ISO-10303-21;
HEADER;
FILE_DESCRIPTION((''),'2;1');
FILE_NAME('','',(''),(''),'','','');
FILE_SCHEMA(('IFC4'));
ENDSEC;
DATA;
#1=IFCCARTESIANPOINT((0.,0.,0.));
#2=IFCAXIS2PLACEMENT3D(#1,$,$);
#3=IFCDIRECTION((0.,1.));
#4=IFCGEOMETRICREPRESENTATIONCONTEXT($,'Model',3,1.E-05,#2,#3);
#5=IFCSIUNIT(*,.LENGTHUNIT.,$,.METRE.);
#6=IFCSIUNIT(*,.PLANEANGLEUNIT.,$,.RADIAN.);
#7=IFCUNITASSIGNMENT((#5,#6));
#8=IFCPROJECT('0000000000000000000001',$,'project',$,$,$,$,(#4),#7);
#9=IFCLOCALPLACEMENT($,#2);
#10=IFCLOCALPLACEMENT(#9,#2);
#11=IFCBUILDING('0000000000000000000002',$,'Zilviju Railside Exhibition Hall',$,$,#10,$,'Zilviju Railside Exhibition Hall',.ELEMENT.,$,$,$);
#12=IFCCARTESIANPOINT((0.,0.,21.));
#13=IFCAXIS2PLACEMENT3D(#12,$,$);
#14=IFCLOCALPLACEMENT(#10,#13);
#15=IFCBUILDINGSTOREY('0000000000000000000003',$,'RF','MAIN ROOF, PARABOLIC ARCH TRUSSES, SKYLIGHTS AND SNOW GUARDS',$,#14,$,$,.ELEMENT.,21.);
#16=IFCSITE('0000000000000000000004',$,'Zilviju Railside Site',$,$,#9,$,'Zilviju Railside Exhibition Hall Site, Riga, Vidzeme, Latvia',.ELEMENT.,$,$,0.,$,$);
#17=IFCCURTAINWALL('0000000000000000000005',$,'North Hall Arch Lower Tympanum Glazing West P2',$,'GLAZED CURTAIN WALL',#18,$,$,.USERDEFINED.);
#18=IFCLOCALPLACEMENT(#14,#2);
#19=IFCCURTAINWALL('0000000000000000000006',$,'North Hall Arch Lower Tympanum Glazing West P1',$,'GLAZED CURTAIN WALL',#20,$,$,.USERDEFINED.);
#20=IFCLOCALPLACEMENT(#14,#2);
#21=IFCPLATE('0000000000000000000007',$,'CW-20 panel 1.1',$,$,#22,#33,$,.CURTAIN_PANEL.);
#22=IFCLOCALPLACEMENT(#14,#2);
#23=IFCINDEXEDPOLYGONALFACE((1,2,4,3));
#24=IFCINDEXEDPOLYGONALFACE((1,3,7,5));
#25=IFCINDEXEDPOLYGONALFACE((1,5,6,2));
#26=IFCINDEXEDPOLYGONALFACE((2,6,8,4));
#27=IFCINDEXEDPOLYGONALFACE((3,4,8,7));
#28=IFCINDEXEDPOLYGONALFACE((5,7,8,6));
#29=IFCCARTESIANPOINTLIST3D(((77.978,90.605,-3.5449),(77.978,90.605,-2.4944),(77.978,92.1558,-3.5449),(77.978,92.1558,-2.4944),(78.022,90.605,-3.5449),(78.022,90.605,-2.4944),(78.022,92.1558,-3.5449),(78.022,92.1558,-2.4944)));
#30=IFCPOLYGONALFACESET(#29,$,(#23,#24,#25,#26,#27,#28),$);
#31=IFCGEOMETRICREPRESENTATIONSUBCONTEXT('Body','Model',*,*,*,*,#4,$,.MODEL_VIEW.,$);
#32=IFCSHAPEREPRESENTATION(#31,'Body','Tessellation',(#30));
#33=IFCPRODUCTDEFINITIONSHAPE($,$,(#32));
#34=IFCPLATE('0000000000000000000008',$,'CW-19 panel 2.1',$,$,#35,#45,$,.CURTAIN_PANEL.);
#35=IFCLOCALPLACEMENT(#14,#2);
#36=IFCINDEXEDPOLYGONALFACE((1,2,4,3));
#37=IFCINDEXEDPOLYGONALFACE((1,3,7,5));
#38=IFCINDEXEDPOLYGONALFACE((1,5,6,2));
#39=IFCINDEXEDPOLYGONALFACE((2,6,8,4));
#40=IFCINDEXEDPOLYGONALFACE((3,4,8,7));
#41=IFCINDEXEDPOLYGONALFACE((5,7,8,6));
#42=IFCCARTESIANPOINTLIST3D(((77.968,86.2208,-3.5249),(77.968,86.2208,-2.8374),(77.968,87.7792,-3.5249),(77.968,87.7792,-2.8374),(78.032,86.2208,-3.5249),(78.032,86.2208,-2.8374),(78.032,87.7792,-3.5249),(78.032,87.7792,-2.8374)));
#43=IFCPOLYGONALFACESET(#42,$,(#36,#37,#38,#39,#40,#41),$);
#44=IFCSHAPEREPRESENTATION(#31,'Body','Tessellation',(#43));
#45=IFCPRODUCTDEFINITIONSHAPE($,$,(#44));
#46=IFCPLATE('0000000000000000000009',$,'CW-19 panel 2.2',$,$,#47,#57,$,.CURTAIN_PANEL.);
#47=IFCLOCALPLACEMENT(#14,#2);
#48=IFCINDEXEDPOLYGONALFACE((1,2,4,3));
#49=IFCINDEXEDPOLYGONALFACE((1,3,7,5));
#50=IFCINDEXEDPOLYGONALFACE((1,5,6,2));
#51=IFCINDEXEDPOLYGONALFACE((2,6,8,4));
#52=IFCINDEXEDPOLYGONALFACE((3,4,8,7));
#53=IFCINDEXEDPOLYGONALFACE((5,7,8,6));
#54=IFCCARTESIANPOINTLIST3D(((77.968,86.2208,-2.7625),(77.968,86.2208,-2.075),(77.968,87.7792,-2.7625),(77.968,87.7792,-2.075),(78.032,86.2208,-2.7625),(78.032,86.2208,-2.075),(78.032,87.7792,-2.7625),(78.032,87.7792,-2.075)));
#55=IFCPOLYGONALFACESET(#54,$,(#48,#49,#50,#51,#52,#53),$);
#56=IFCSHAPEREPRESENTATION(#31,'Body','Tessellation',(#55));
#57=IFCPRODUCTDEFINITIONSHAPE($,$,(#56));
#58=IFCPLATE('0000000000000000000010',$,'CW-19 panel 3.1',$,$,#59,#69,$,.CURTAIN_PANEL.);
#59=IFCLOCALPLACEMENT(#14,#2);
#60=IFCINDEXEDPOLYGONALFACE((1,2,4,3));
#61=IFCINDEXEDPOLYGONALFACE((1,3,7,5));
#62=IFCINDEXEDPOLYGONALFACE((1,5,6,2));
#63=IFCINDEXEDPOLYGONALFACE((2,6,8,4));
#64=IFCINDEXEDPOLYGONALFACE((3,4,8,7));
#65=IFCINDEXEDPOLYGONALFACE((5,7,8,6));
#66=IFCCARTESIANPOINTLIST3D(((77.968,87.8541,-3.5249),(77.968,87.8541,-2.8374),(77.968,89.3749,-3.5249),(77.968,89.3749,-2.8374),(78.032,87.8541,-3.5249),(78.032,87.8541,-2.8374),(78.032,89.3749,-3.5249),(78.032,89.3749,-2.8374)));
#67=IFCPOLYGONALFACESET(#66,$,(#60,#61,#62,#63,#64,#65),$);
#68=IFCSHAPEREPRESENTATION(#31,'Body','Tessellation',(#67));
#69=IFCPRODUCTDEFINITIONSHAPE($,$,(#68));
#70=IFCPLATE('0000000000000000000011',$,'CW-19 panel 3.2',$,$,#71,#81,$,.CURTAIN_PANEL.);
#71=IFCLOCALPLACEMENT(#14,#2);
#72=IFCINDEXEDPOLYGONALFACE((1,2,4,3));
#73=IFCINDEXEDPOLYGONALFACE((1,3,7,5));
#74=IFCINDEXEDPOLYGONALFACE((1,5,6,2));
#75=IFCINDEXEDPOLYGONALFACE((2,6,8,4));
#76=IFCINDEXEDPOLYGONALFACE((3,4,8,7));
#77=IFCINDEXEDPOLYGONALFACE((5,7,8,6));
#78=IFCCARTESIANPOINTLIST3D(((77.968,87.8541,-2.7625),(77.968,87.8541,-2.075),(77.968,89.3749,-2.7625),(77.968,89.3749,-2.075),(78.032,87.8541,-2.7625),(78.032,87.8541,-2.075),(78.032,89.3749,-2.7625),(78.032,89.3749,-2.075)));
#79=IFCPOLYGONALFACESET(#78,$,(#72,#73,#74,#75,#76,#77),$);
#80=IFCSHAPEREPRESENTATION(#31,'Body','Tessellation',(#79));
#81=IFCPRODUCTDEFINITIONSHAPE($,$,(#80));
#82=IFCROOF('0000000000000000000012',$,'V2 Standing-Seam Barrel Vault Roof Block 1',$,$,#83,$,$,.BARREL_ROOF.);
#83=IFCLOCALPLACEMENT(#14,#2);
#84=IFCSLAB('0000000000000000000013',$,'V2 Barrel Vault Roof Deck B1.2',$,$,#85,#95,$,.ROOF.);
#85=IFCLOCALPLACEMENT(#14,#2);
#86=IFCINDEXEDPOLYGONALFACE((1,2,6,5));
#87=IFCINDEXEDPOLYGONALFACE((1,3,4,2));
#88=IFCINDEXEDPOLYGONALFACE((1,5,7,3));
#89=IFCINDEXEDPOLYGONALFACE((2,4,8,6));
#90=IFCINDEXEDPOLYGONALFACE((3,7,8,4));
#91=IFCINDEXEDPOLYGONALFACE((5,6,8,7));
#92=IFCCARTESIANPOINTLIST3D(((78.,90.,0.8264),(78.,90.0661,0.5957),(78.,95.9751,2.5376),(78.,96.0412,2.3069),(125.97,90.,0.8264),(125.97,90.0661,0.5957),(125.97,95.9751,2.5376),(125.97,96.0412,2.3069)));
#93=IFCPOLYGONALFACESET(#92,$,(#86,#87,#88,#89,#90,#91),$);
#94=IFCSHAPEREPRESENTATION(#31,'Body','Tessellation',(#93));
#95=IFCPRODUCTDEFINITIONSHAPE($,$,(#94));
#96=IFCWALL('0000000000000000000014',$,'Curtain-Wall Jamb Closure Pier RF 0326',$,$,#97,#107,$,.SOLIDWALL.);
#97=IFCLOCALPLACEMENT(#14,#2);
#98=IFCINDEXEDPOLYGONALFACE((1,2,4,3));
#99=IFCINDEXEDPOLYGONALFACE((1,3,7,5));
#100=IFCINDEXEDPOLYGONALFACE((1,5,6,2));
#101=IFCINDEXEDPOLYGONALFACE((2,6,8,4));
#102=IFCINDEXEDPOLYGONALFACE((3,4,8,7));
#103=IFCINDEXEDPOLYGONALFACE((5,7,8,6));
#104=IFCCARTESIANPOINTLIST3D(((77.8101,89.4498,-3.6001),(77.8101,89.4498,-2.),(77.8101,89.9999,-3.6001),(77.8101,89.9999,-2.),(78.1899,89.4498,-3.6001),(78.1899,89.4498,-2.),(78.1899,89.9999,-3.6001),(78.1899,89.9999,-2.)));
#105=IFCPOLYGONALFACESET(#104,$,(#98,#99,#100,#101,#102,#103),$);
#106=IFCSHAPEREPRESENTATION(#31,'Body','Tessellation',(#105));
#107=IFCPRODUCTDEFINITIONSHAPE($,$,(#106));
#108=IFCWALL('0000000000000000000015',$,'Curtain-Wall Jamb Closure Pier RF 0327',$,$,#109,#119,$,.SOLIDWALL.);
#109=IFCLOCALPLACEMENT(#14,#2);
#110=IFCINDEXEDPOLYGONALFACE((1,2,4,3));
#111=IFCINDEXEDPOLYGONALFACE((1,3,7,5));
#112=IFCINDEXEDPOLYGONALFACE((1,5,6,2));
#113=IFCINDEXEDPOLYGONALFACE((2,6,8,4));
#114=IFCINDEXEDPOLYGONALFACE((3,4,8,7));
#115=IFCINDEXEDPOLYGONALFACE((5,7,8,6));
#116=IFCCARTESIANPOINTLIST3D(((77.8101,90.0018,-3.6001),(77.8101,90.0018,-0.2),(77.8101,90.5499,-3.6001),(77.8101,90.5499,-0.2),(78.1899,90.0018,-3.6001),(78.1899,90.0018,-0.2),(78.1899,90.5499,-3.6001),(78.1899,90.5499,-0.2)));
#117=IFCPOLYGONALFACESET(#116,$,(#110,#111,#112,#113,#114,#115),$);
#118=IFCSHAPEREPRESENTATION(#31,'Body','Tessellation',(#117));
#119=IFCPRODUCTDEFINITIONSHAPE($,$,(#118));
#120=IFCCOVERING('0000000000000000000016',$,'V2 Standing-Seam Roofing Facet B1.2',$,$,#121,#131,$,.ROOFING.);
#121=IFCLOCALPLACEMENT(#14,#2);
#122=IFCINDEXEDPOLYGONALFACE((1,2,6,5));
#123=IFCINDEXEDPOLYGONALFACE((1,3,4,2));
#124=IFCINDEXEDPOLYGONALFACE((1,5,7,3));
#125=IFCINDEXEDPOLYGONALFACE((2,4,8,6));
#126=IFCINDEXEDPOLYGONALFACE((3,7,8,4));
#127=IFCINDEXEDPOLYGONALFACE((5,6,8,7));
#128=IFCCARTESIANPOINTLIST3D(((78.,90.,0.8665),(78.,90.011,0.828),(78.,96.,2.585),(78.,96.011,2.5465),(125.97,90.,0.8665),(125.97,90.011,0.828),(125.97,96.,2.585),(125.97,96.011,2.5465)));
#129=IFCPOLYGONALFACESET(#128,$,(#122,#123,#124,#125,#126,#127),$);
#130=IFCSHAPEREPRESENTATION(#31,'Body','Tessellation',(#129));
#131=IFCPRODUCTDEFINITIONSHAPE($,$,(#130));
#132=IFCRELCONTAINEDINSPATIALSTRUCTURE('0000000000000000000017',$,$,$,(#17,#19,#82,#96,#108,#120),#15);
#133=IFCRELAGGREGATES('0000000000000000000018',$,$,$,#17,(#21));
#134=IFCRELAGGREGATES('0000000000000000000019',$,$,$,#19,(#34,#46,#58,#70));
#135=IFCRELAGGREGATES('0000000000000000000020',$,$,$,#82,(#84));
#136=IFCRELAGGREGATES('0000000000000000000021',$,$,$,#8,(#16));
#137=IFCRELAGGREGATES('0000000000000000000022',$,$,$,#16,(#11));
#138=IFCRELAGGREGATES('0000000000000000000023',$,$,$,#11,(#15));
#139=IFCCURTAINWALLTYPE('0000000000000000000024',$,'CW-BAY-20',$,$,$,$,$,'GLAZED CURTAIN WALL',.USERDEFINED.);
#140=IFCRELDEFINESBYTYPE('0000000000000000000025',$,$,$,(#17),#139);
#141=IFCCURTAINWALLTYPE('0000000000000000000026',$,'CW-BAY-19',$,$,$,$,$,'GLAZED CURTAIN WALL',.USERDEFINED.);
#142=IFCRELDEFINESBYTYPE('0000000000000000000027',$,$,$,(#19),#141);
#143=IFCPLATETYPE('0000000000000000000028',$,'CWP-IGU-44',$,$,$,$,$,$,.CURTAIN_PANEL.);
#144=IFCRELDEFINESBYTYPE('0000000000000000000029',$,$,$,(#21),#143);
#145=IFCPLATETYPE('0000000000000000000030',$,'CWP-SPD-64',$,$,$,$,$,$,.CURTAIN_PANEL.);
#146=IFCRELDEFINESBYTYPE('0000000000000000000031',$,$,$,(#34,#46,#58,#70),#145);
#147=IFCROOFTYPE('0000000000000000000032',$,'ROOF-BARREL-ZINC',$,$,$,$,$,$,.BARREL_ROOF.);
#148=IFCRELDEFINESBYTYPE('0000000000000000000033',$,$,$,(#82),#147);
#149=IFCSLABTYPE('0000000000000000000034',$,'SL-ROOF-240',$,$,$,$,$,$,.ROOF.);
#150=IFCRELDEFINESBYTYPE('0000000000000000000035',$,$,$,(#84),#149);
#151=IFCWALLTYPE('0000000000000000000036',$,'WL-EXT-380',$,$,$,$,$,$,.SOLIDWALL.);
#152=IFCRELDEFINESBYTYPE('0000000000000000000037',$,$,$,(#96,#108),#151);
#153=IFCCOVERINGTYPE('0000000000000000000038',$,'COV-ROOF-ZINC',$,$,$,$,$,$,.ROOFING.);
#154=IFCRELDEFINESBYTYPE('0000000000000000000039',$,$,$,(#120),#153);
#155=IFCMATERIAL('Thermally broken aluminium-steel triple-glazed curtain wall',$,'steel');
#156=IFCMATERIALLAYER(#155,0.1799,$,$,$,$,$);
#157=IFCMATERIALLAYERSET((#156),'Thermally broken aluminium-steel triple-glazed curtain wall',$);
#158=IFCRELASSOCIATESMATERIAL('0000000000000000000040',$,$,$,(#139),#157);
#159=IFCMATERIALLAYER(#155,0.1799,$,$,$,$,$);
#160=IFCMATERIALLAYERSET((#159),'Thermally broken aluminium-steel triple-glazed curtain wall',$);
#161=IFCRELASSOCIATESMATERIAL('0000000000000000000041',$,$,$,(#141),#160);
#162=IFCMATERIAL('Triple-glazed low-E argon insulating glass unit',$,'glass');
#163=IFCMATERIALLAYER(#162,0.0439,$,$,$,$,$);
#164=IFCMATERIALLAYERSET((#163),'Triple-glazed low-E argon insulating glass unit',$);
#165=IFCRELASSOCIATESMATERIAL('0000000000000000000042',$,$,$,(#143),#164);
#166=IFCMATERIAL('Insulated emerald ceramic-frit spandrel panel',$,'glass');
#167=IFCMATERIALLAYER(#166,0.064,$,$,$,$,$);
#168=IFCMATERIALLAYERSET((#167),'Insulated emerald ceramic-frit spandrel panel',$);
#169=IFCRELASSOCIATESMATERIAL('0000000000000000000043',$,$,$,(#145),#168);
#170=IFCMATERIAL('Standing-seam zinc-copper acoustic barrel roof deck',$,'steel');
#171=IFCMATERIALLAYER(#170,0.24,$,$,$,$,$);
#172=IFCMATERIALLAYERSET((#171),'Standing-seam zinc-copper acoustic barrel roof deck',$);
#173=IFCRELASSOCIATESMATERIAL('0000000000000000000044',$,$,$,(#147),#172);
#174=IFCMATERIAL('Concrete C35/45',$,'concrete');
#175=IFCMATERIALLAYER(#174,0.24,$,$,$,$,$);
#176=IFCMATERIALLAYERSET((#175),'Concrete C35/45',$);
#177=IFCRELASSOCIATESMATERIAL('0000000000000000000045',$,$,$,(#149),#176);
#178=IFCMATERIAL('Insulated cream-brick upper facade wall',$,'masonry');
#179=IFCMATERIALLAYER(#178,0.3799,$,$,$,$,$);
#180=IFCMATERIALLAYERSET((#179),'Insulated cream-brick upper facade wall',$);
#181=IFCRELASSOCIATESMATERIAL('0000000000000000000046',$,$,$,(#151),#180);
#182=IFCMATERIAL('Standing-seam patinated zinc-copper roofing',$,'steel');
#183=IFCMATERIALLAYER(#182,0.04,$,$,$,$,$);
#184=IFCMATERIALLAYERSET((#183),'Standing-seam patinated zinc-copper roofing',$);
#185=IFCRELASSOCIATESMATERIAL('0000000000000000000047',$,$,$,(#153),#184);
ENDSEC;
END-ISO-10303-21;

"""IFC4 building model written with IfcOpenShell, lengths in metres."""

from ifc_helpers import new_model, si_unit, direction, frame, frame_2d, origin, origin_2d, place, context, subcontext, project, spatial, polyline, rectangle, outline, extrude, material, layer, layer_set, type_object, element, aggregate, save


model = new_model("IFC4")

# Units and contexts
model_context = context("Model", 3, precision=1e-05, world=origin(), true_north=direction((0.0, 1.0)))
body_context = subcontext(model_context, "Body", "Model", "MODEL_VIEW")
ifc_project = project(units=[si_unit("LENGTHUNIT", "METRE"), si_unit("PLANEANGLEUNIT", "RADIAN")], contexts=[model_context])

# Site, building, storey
site_placement = place(None, origin())
site = spatial("IfcSite", under=ifc_project, at=site_placement, Name="Zilviju Railside Site", LongName="Zilviju Railside Exhibition Hall Site, Riga, Vidzeme, Latvia", CompositionType="ELEMENT", RefElevation=0.0)
building_placement = place(site_placement, origin())
building = spatial("IfcBuilding", under=site, at=building_placement, Name="Zilviju Railside Exhibition Hall", LongName="Zilviju Railside Exhibition Hall", CompositionType="ELEMENT")
storey_placement = place(building_placement, frame((0.0, 0.0, 21.0)))
storey = spatial("IfcBuildingStorey", under=building, at=storey_placement, Name="RF", Description="MAIN ROOF, PARABOLIC ARCH TRUSSES, SKYLIGHTS AND SNOW GUARDS", CompositionType="ELEMENT", Elevation=21.0)

# Curtain wall
ifc_material_1 = material(Name="Thermally broken aluminium-steel triple-glazed curtain wall", Category="steel")
ifc_layer_1 = layer(ifc_material_1, 0.1799)
ifc_layer_set_1 = layer_set([ifc_layer_1], Name="Thermally broken aluminium-steel triple-glazed curtain wall")
curtain_wall_type_1 = type_object("IfcCurtainWallType", Name="CW-BAY-20", ElementType="GLAZED CURTAIN WALL", PredefinedType="USERDEFINED", material=ifc_layer_set_1)
curtain_wall_1_placement = place(storey_placement, origin())
curtain_wall_1 = element("IfcCurtainWall", 1, at=curtain_wall_1_placement, inside=storey, type_object=curtain_wall_type_1, Name="North Hall Arch Lower Tympanum Glazing West P2", ObjectType="GLAZED CURTAIN WALL", PredefinedType="USERDEFINED")

# Curtain wall
ifc_layer_2 = layer(ifc_material_1, 0.1799)
ifc_layer_set_2 = layer_set([ifc_layer_2], Name="Thermally broken aluminium-steel triple-glazed curtain wall")
curtain_wall_type_2 = type_object("IfcCurtainWallType", Name="CW-BAY-19", ElementType="GLAZED CURTAIN WALL", PredefinedType="USERDEFINED", material=ifc_layer_set_2)
curtain_wall_2_placement = place(storey_placement, origin())
curtain_wall_2 = element("IfcCurtainWall", 2, at=curtain_wall_2_placement, inside=storey, type_object=curtain_wall_type_2, Name="North Hall Arch Lower Tympanum Glazing West P1", ObjectType="GLAZED CURTAIN WALL", PredefinedType="USERDEFINED")

# Plates
ifc_material_2 = material(Name="Triple-glazed low-E argon insulating glass unit", Category="glass")
ifc_layer_3 = layer(ifc_material_2, 0.0439)
ifc_layer_set_3 = layer_set([ifc_layer_3], Name="Triple-glazed low-E argon insulating glass unit")
plate_type_1 = type_object("IfcPlateType", Name="CWP-IGU-44", PredefinedType="CURTAIN_PANEL", material=ifc_layer_set_3)
plate_1_placement = place(storey_placement, frame((78.0, 91.3804, -3.5449), z_axis=(0.0, 0.0, 1.0), x_axis=(0.0, 1.0, 0.0)))
plate_1 = element("IfcPlate", 3, at=plate_1_placement, type_object=plate_type_1, Name="CW-20 panel 1.1", PredefinedType="CURTAIN_PANEL", context=body_context, shape_type="SweptSolid", body=[
    extrude(rectangle(XDim=1.5508, YDim=0.0439, at=origin_2d()), origin(), (0.0, 0.0, 1.0), 1.0505),
])
aggregate(curtain_wall_1, [plate_1])
ifc_material_3 = material(Name="Insulated emerald ceramic-frit spandrel panel", Category="glass")
ifc_layer_4 = layer(ifc_material_3, 0.064)
ifc_layer_set_4 = layer_set([ifc_layer_4], Name="Insulated emerald ceramic-frit spandrel panel")
plate_type_2 = type_object("IfcPlateType", Name="CWP-SPD-64", PredefinedType="CURTAIN_PANEL", material=ifc_layer_set_4)
plate_2_placement = place(storey_placement, frame((78.0, 87.0, -3.5249), z_axis=(0.0, 0.0, 1.0), x_axis=(0.0, 1.0, 0.0)))
plate_2 = element("IfcPlate", 4, at=plate_2_placement, type_object=plate_type_2, Name="CW-19 panel 2.1", PredefinedType="CURTAIN_PANEL", context=body_context, shape_type="SweptSolid", body=[
    extrude(rectangle(XDim=1.5583, YDim=0.064, at=origin_2d()), origin(), (0.0, 0.0, 1.0), 0.6875),
])
plate_3_placement = place(storey_placement, frame((78.0, 87.0, -2.7625), z_axis=(0.0, 0.0, 1.0), x_axis=(0.0, 1.0, 0.0)))
plate_3 = element("IfcPlate", 5, at=plate_3_placement, type_object=plate_type_2, Name="CW-19 panel 2.2", PredefinedType="CURTAIN_PANEL", context=body_context, shape_type="SweptSolid", body=[
    extrude(rectangle(XDim=1.5583, YDim=0.064, at=origin_2d()), origin(), (0.0, 0.0, 1.0), 0.6875),
])
plate_4_placement = place(storey_placement, frame((78.0, 88.6145, -3.5249), z_axis=(0.0, 0.0, 1.0), x_axis=(0.0, 1.0, 0.0)))
plate_4 = element("IfcPlate", 6, at=plate_4_placement, type_object=plate_type_2, Name="CW-19 panel 3.1", PredefinedType="CURTAIN_PANEL", context=body_context, shape_type="SweptSolid", body=[
    extrude(rectangle(XDim=1.5208, YDim=0.064, at=origin_2d()), origin(), (0.0, 0.0, 1.0), 0.6875),
])
plate_5_placement = place(storey_placement, frame((78.0, 88.6145, -2.7625), z_axis=(0.0, 0.0, 1.0), x_axis=(0.0, 1.0, 0.0)))
plate_5 = element("IfcPlate", 7, at=plate_5_placement, type_object=plate_type_2, Name="CW-19 panel 3.2", PredefinedType="CURTAIN_PANEL", context=body_context, shape_type="SweptSolid", body=[
    extrude(rectangle(XDim=1.5208, YDim=0.064, at=origin_2d()), origin(), (0.0, 0.0, 1.0), 0.6875),
])
aggregate(curtain_wall_2, [plate_2, plate_3, plate_4, plate_5])

# Roof, slab
ifc_material_4 = material(Name="Standing-seam zinc-copper acoustic barrel roof deck", Category="steel")
ifc_layer_5 = layer(ifc_material_4, 0.24)
ifc_layer_set_5 = layer_set([ifc_layer_5], Name="Standing-seam zinc-copper acoustic barrel roof deck")
roof_type = type_object("IfcRoofType", Name="ROOF-BARREL-ZINC", PredefinedType="BARREL_ROOF", material=ifc_layer_set_5)
roof_placement = place(storey_placement, origin())
roof = element("IfcRoof", 8, at=roof_placement, inside=storey, type_object=roof_type, Name="V2 Standing-Seam Barrel Vault Roof Block 1", PredefinedType="BARREL_ROOF")
ifc_material_5 = material(Name="Concrete C35/45", Category="concrete")
ifc_layer_6 = layer(ifc_material_5, 0.24)
ifc_layer_set_6 = layer_set([ifc_layer_6], Name="Concrete C35/45")
slab_type = type_object("IfcSlabType", Name="SL-ROOF-240", PredefinedType="ROOF", material=ifc_layer_set_6)
slab_placement = place(storey_placement, frame((78.0, 90.0, 0.8264), z_axis=(0.0, -0.275318, 0.961353), x_axis=(1.0, 0.0, 0.0)))
slab = element("IfcSlab", 9, at=slab_placement, type_object=slab_type, Name="V2 Barrel Vault Roof Deck B1.2", PredefinedType="ROOF", context=body_context, shape_type="SweptSolid", body=[
    extrude(outline(polyline([(0.0, 0.0), (47.97, 0.0), (47.97, 6.2153), (0.0, 6.2153), (0.0, 0.0)])), origin(), (0.0, 0.0, -1.0), 0.24),
])
aggregate(roof, [slab])

# Walls
ifc_material_6 = material(Name="Insulated cream-brick upper facade wall", Category="masonry")
ifc_layer_7 = layer(ifc_material_6, 0.3799)
ifc_layer_set_7 = layer_set([ifc_layer_7], Name="Insulated cream-brick upper facade wall")
wall_type = type_object("IfcWallType", Name="WL-EXT-380", PredefinedType="SOLIDWALL", material=ifc_layer_set_7)
wall_1_placement = place(storey_placement, frame((78.0, 89.45, -3.6001), z_axis=(0.0, 0.0, 1.0), x_axis=(0.0, 1.0, 0.0)))
element("IfcWall", 10, at=wall_1_placement, inside=storey, type_object=wall_type, Name="Curtain-Wall Jamb Closure Pier RF 0326", PredefinedType="SOLIDWALL", context=body_context, shape_type="SweptSolid", body=[
    extrude(rectangle(XDim=0.55, YDim=0.3799, at=frame_2d((0.2749, 0.0))), origin(), (0.0, 0.0, 1.0), 1.6001),
])
wall_2_placement = place(storey_placement, frame((78.0, 90.002, -3.6001), z_axis=(0.0, 0.0, 1.0), x_axis=(0.0, 1.0, 0.0)))
element("IfcWall", 11, at=wall_2_placement, inside=storey, type_object=wall_type, Name="Curtain-Wall Jamb Closure Pier RF 0327", PredefinedType="SOLIDWALL", context=body_context, shape_type="SweptSolid", body=[
    extrude(rectangle(XDim=0.5481, YDim=0.3799, at=frame_2d((0.2739, 0.0))), origin(), (0.0, 0.0, 1.0), 3.4001),
])

# Covering
ifc_material_7 = material(Name="Standing-seam patinated zinc-copper roofing", Category="steel")
ifc_layer_8 = layer(ifc_material_7, 0.04)
ifc_layer_set_8 = layer_set([ifc_layer_8], Name="Standing-seam patinated zinc-copper roofing")
covering_type = type_object("IfcCoveringType", Name="COV-ROOF-ZINC", PredefinedType="ROOFING", material=ifc_layer_set_8)
covering_placement = place(storey_placement, frame((78.0, 90.0, 0.8665), z_axis=(0.0, -0.275346, 0.961345), x_axis=(1.0, 0.0, 0.0)))
element("IfcCovering", 12, at=covering_placement, inside=storey, type_object=covering_type, Name="V2 Standing-Seam Roofing Facet B1.2", PredefinedType="ROOFING", context=body_context, shape_type="SweptSolid", body=[
    extrude(outline(polyline([(0.0, 0.0), (47.97, 0.0), (47.97, 6.2413), (0.0, 6.2413), (0.0, 0.0)])), origin(), (0.0, 0.0, -1.0), 0.04),
])

save(model, "model.ifc")
